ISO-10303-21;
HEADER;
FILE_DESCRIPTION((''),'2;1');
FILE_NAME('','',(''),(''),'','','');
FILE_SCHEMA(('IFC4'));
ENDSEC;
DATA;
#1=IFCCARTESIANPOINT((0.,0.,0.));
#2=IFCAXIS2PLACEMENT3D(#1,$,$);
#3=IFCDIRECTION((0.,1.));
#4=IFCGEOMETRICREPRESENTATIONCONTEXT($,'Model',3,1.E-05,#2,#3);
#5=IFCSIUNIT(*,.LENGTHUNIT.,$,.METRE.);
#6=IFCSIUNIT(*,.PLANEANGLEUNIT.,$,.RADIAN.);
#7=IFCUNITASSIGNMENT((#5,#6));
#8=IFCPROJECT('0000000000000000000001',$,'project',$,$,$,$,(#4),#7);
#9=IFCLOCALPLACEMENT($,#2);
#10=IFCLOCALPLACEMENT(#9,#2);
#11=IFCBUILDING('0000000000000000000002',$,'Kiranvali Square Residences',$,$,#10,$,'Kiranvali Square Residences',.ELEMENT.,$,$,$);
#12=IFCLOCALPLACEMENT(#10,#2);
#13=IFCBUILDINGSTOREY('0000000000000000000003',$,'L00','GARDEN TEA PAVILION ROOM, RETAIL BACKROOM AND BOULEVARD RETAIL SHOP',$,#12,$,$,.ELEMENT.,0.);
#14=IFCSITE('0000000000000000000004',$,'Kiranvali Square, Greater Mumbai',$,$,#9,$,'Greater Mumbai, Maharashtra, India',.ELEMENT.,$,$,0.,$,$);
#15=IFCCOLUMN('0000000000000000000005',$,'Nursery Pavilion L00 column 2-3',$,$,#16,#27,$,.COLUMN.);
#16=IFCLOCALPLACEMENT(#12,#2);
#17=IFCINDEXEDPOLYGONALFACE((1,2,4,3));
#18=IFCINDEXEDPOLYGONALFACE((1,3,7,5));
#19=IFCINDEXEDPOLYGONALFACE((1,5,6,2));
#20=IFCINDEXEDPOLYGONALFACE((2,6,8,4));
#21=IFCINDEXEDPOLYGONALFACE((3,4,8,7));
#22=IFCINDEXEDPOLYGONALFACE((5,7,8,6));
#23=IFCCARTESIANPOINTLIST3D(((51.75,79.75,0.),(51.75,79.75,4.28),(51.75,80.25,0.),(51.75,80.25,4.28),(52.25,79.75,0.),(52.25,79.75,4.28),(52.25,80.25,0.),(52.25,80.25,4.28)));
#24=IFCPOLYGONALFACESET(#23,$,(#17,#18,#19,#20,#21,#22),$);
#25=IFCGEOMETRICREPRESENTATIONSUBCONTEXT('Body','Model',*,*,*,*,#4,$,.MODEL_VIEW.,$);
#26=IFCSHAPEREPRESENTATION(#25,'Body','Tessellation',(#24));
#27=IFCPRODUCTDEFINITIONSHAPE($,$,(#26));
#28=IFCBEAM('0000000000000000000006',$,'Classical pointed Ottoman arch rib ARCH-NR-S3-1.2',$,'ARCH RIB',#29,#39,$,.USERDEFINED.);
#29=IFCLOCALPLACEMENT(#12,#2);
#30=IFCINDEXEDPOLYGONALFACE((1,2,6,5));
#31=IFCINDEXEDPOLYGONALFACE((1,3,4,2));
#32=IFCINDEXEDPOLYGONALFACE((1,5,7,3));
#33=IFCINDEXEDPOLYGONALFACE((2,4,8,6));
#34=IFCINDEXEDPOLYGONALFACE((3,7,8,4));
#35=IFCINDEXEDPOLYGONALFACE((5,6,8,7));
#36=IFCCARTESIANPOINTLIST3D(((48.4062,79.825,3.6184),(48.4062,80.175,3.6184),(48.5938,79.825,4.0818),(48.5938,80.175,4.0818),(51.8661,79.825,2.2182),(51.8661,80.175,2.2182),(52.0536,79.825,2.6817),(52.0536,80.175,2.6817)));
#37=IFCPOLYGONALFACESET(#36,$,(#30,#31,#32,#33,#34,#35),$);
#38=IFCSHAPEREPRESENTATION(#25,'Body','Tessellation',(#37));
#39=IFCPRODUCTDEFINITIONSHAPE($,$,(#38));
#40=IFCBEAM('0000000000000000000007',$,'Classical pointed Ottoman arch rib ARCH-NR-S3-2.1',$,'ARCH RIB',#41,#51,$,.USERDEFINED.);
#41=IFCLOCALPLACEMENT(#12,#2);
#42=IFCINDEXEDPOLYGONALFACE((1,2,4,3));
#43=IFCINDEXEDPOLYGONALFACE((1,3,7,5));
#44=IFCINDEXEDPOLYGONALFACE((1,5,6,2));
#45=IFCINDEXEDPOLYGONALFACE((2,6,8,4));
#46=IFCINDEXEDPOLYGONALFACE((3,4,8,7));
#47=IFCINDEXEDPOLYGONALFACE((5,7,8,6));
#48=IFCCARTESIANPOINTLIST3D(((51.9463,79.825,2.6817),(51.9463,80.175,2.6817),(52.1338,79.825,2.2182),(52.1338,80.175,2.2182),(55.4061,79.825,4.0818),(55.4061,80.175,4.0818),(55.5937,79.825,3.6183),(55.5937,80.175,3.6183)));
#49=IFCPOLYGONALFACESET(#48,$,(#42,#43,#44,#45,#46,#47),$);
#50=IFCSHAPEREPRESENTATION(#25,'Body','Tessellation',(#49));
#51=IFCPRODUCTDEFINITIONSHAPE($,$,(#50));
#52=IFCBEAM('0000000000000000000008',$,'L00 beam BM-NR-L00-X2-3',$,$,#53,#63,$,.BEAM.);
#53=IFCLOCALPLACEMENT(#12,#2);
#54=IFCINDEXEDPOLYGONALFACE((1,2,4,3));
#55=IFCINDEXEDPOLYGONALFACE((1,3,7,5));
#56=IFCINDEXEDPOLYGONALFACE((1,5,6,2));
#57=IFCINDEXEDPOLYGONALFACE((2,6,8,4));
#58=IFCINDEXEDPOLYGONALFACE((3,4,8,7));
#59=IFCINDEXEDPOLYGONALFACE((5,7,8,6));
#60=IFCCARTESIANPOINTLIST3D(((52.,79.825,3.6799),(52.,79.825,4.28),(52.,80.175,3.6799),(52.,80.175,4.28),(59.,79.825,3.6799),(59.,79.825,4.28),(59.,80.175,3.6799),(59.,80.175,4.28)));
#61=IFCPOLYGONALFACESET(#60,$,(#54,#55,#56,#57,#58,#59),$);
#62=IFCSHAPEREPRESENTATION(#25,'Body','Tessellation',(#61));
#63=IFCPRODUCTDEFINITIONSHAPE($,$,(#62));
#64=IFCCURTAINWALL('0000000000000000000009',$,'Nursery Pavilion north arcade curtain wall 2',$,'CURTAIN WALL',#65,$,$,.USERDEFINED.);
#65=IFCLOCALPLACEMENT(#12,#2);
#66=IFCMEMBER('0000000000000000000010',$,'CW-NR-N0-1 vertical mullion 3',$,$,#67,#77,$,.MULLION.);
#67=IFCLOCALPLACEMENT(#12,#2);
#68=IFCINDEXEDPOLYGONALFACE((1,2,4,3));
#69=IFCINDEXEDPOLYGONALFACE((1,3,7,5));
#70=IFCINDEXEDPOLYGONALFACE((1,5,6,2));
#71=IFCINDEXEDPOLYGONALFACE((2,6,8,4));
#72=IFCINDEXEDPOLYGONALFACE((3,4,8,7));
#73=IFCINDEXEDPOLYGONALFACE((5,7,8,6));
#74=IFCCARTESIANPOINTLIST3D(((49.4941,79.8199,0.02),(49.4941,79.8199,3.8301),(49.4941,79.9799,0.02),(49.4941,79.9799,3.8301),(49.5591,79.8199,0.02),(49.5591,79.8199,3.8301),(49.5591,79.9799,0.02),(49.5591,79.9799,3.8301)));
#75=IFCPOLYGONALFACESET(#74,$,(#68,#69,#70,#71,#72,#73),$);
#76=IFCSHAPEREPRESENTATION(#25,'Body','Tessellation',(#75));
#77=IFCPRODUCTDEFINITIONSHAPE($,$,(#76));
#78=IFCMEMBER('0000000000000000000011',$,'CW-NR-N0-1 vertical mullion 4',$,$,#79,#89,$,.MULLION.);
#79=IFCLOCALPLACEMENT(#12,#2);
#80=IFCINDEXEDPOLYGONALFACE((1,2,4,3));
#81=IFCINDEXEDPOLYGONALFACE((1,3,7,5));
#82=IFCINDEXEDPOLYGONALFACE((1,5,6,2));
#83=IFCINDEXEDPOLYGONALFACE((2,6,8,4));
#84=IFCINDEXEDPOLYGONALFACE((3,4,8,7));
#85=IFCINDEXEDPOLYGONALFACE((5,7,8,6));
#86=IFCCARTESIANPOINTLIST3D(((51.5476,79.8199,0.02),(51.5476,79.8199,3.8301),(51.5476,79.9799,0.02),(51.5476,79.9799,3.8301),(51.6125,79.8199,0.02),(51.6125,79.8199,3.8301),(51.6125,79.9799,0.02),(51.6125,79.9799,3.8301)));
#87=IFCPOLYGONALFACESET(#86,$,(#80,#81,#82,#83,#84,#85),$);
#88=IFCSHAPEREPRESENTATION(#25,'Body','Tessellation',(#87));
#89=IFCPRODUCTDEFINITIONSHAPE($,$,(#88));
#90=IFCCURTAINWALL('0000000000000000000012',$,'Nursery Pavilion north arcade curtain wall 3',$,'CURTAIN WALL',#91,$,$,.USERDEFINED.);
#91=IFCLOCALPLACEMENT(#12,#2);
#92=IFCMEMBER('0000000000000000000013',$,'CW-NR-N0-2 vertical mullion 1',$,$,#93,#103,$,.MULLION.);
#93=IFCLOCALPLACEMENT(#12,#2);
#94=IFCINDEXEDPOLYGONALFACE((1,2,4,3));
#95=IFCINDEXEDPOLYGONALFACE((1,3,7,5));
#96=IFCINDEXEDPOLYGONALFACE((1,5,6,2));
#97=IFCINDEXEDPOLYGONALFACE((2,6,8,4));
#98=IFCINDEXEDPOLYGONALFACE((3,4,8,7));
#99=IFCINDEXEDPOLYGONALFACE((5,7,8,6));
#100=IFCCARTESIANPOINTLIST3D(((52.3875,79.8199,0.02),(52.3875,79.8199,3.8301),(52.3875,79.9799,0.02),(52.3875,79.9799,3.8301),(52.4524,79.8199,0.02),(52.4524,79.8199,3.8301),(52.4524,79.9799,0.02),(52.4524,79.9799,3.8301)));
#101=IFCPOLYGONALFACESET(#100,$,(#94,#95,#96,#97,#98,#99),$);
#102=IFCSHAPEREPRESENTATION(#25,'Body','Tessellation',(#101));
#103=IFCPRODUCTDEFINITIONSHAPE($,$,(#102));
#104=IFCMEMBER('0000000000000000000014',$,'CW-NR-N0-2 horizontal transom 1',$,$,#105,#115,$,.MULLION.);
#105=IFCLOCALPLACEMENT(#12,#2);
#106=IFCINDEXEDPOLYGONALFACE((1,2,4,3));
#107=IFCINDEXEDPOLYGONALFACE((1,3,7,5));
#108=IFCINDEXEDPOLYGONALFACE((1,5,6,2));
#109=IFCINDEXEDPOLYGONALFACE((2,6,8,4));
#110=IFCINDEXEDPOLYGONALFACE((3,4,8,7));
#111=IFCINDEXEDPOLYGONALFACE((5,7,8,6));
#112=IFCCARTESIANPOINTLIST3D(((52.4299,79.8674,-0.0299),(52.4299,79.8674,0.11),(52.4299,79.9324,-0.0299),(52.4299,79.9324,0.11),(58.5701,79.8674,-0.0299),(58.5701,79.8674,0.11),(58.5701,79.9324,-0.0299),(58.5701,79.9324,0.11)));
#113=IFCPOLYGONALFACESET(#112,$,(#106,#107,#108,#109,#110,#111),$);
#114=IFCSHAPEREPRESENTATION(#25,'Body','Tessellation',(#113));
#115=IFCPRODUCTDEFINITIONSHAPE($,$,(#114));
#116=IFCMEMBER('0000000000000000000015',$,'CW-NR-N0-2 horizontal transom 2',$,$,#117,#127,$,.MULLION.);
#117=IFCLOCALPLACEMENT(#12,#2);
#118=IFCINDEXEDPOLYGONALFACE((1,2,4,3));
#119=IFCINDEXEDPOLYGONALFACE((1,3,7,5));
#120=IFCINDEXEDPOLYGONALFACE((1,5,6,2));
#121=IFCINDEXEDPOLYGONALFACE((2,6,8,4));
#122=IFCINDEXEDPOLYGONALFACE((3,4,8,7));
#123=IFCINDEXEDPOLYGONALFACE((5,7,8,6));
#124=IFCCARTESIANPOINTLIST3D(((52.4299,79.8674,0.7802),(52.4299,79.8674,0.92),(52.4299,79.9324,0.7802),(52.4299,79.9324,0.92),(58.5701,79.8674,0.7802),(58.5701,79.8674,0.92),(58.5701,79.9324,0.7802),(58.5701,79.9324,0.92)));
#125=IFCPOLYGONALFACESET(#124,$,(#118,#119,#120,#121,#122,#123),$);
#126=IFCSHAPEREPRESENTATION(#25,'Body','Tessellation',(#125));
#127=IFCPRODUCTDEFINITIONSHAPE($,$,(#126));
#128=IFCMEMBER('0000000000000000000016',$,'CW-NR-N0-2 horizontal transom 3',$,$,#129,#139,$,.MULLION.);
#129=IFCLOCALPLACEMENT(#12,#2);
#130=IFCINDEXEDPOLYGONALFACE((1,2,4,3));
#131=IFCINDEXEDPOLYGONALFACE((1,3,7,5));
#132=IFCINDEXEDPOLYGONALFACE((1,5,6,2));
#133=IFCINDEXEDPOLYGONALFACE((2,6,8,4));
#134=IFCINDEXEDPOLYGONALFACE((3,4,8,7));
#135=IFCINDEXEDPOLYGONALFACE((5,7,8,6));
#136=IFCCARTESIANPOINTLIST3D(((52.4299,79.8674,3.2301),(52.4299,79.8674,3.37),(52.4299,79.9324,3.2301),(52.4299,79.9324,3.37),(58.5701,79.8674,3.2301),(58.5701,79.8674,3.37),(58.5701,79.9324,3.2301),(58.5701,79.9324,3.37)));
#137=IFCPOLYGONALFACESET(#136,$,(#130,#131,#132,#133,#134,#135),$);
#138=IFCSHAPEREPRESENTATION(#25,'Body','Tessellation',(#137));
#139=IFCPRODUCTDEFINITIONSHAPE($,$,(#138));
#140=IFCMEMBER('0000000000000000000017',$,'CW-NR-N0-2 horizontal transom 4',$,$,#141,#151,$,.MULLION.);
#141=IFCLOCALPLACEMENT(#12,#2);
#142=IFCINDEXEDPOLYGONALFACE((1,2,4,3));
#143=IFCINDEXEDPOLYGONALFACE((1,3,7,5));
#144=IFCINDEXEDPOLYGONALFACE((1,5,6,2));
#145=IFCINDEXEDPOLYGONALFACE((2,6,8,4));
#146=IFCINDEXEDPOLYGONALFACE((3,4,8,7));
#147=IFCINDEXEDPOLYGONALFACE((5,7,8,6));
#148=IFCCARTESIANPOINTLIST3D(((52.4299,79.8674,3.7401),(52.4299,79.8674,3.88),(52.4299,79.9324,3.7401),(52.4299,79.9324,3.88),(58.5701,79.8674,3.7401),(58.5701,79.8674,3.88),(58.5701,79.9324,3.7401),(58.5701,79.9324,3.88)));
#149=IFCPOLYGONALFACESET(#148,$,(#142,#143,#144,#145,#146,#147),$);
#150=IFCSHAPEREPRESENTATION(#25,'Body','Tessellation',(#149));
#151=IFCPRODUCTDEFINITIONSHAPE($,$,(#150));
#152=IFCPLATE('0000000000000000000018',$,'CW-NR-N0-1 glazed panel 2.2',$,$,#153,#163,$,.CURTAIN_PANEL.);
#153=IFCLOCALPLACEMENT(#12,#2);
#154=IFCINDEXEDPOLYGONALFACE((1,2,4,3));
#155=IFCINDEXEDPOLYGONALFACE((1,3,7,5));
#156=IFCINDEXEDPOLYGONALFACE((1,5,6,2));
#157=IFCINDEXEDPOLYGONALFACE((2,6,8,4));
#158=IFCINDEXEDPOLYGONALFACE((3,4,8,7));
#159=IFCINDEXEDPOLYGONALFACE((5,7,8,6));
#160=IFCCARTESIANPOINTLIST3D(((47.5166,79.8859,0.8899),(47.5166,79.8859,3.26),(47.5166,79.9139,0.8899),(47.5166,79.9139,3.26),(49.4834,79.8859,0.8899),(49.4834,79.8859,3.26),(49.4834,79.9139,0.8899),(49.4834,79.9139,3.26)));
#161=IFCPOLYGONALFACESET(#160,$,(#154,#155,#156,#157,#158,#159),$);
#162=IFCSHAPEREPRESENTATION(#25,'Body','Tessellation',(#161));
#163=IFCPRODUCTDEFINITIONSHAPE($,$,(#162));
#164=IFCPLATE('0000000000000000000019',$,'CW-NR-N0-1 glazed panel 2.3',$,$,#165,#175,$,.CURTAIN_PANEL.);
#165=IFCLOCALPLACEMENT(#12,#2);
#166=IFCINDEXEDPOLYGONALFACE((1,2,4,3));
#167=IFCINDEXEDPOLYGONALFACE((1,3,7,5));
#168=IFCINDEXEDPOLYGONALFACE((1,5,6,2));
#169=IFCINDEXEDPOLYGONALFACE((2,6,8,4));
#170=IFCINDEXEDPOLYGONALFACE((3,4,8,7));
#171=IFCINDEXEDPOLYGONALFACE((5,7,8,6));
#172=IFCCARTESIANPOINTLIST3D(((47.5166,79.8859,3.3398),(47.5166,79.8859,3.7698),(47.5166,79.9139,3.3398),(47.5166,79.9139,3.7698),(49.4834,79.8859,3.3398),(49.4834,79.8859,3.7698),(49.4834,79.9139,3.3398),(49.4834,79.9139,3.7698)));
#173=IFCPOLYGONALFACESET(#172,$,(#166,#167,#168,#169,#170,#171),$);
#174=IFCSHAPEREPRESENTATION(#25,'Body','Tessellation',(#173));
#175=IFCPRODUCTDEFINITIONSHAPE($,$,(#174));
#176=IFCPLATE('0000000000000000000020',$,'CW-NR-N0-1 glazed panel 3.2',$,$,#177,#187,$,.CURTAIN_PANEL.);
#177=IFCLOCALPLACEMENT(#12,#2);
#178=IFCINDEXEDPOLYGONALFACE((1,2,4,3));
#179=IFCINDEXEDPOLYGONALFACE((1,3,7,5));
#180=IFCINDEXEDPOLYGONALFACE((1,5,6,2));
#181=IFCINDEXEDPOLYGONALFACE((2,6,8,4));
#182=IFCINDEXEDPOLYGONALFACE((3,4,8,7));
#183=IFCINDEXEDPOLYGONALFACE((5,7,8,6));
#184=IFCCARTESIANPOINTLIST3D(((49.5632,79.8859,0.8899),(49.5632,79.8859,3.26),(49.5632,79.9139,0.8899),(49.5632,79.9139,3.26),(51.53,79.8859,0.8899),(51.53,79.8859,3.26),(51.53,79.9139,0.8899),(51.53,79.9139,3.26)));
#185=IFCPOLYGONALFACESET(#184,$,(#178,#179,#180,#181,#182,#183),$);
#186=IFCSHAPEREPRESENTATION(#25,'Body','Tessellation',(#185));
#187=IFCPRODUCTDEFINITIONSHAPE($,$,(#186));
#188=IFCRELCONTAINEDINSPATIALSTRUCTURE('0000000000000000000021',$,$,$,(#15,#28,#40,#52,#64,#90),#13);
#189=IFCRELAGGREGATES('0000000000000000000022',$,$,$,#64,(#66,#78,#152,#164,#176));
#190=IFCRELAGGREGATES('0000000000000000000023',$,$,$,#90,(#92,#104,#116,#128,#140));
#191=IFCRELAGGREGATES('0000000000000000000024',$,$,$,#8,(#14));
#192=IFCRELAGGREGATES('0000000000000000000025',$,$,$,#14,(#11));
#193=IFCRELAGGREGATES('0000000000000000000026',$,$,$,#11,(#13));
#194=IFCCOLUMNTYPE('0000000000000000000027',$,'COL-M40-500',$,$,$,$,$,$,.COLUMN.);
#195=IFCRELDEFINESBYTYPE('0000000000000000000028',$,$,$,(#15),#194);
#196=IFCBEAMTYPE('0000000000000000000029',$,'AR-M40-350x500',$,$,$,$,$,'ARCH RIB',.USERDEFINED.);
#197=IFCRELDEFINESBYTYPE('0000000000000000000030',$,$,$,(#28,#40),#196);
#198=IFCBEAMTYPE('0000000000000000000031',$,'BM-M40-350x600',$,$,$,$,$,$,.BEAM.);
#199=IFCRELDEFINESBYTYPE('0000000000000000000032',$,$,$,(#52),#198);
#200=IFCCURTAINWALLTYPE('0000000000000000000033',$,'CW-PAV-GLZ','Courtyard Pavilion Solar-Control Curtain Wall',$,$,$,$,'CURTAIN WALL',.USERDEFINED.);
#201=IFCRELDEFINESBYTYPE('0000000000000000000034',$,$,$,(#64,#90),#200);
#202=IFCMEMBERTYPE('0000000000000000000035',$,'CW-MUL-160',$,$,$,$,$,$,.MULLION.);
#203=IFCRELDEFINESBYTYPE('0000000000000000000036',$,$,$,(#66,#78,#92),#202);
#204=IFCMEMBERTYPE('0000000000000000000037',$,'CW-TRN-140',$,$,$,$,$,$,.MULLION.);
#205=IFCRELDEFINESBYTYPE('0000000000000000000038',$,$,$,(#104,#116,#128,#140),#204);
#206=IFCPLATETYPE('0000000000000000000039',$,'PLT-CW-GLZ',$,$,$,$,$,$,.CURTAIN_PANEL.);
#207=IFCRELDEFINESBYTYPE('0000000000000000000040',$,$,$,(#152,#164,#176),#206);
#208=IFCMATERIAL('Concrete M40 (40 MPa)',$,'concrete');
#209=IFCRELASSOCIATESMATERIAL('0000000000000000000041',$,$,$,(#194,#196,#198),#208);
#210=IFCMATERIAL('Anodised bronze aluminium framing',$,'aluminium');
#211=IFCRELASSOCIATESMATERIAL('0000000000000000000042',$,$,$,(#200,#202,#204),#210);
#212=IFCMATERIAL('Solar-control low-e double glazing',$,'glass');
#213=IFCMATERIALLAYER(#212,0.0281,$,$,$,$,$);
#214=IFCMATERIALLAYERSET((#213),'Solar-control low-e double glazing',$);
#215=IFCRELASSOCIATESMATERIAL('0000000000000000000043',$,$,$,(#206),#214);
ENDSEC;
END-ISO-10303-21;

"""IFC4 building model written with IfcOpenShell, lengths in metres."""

from ifc_helpers import new_model, si_unit, direction, frame, origin, origin_2d, place, context, subcontext, project, spatial, rectangle, extrude, material, layer, layer_set, material_profile, profile_set, type_object, element, aggregate, save


model = new_model("IFC4")

# Units and contexts
model_context = context("Model", 3, precision=1e-05, world=origin(), true_north=direction((0.0, 1.0)))
body_context = subcontext(model_context, "Body", "Model", "MODEL_VIEW")
ifc_project = project(units=[si_unit("LENGTHUNIT", "METRE"), si_unit("PLANEANGLEUNIT", "RADIAN")], contexts=[model_context])

# Site, building, storey
site_placement = place(None, origin())
site = spatial("IfcSite", under=ifc_project, at=site_placement, Name="Kiranvali Square, Greater Mumbai", LongName="Greater Mumbai, Maharashtra, India", CompositionType="ELEMENT", RefElevation=0.0)
building_placement = place(site_placement, origin())
building = spatial("IfcBuilding", under=site, at=building_placement, Name="Kiranvali Square Residences", LongName="Kiranvali Square Residences", CompositionType="ELEMENT")
storey_placement = place(building_placement, origin())
storey = spatial("IfcBuildingStorey", under=building, at=storey_placement, Name="L00", Description="GARDEN TEA PAVILION ROOM, RETAIL BACKROOM AND BOULEVARD RETAIL SHOP", CompositionType="ELEMENT", Elevation=0.0)

# Column
ifc_material_1 = material(Name="Concrete M40 (40 MPa)", Category="concrete")
ifc_material_profile_1 = material_profile(ifc_material_1, rectangle(XDim=0.5, YDim=0.5, at=origin_2d()), Name="RC 500x500")
ifc_profile_set_1 = profile_set([ifc_material_profile_1], Name="Concrete M40 (40 MPa)")
column_type = type_object("IfcColumnType", Name="COL-M40-500", PredefinedType="COLUMN", material=ifc_profile_set_1)
column_placement = place(storey_placement, frame((52.0, 80.0, 0.0), z_axis=(0.0, 0.0, 1.0), x_axis=(1.0, 0.0, 0.0)))
element("IfcColumn", 1, at=column_placement, inside=storey, type_object=column_type, Name="Nursery Pavilion L00 column 2-3", PredefinedType="COLUMN", context=body_context, shape_type="SweptSolid", body=[
    extrude(rectangle(XDim=0.5, YDim=0.5, at=origin_2d()), origin(), (0.0, 0.0, 1.0), 4.28),
])

# Beams
ifc_material_profile_2 = material_profile(ifc_material_1, rectangle(XDim=0.3501, YDim=0.5, at=origin_2d()), Name="RC 350x500")
ifc_profile_set_2 = profile_set([ifc_material_profile_2], Name="Concrete M40 (40 MPa)")
beam_type_1 = type_object("IfcBeamType", Name="AR-M40-350x500", ElementType="ARCH RIB", PredefinedType="USERDEFINED", material=ifc_profile_set_2)
for number, where, z_axis, x_axis, name in (
    (2, (48.5, 80.0, 3.8501), (0.926976, 0.0, -0.37512), (0.0, 1.0, 0.0), "Classical pointed Ottoman arch rib ARCH-NR-S3-1.2"),
    (3, (52.04, 80.0, 2.45), (0.926976, 0.0, 0.37512), (0.0, 1.0, 0.0), "Classical pointed Ottoman arch rib ARCH-NR-S3-2.1"),
):
    element("IfcBeam", number, at=place(storey_placement, frame(where, z_axis=z_axis, x_axis=x_axis)), inside=storey, type_object=beam_type_1, Name=name, ObjectType="ARCH RIB", PredefinedType="USERDEFINED", context=body_context, shape_type="SweptSolid", body=[
        extrude(rectangle(XDim=0.3501, YDim=0.5, at=origin_2d()), origin(), (0.0, 0.0, 1.0), 3.7324),
    ])
ifc_material_profile_3 = material_profile(ifc_material_1, rectangle(XDim=0.3501, YDim=0.6001, at=origin_2d()), Name="RC 350x600")
ifc_profile_set_3 = profile_set([ifc_material_profile_3], Name="Concrete M40 (40 MPa)")
beam_type_2 = type_object("IfcBeamType", Name="BM-M40-350x600", PredefinedType="BEAM", material=ifc_profile_set_3)
beam_placement = place(storey_placement, frame((52.0, 80.0, 3.98), z_axis=(1.0, 0.0, 0.0), x_axis=(0.0, 1.0, 0.0)))
element("IfcBeam", 4, at=beam_placement, inside=storey, type_object=beam_type_2, Name="L00 beam BM-NR-L00-X2-3", PredefinedType="BEAM", context=body_context, shape_type="SweptSolid", body=[
    extrude(rectangle(XDim=0.3501, YDim=0.6001, at=origin_2d()), origin(), (0.0, 0.0, 1.0), 7.0),
])

# Curtain walls, members
ifc_material_2 = material(Name="Anodised bronze aluminium framing", Category="aluminium")
curtain_wall_type = type_object("IfcCurtainWallType", Name="CW-PAV-GLZ", Description="Courtyard Pavilion Solar-Control Curtain Wall", ElementType="CURTAIN WALL", PredefinedType="USERDEFINED", material=ifc_material_2)
curtain_wall_1_placement = place(storey_placement, origin())
curtain_wall_1 = element("IfcCurtainWall", 5, at=curtain_wall_1_placement, inside=storey, type_object=curtain_wall_type, Name="Nursery Pavilion north arcade curtain wall 2", ObjectType="CURTAIN WALL", PredefinedType="USERDEFINED")
ifc_material_profile_4 = material_profile(ifc_material_2, rectangle(XDim=0.0649, YDim=0.1599, at=origin_2d()), Name="ALU 65x160")
ifc_profile_set_4 = profile_set([ifc_material_profile_4], Name="Anodised bronze aluminium framing")
member_type_1 = type_object("IfcMemberType", Name="CW-MUL-160", PredefinedType="MULLION", material=ifc_profile_set_4)
member_1_placement = place(storey_placement, frame((49.5266, 79.8999, 0.02), z_axis=(0.0, 0.0, 1.0), x_axis=(1.0, 0.0, 0.0)))
member_1 = element("IfcMember", 6, at=member_1_placement, type_object=member_type_1, Name="CW-NR-N0-1 vertical mullion 3", PredefinedType="MULLION", context=body_context, shape_type="SweptSolid", body=[
    extrude(rectangle(XDim=0.0649, YDim=0.1599, at=origin_2d()), origin(), (0.0, 0.0, 1.0), 3.8101),
])
member_2_placement = place(storey_placement, frame((51.5801, 79.8999, 0.02), z_axis=(0.0, 0.0, 1.0), x_axis=(1.0, 0.0, 0.0)))
member_2 = element("IfcMember", 7, at=member_2_placement, type_object=member_type_1, Name="CW-NR-N0-1 vertical mullion 4", PredefinedType="MULLION", context=body_context, shape_type="SweptSolid", body=[
    extrude(rectangle(XDim=0.0649, YDim=0.1599, at=origin_2d()), origin(), (0.0, 0.0, 1.0), 3.8101),
])
curtain_wall_2_placement = place(storey_placement, origin())
curtain_wall_2 = element("IfcCurtainWall", 8, at=curtain_wall_2_placement, inside=storey, type_object=curtain_wall_type, Name="Nursery Pavilion north arcade curtain wall 3", ObjectType="CURTAIN WALL", PredefinedType="USERDEFINED")
member_3_placement = place(storey_placement, frame((52.4199, 79.8999, 0.02), z_axis=(0.0, 0.0, 1.0), x_axis=(1.0, 0.0, 0.0)))
member_3 = element("IfcMember", 9, at=member_3_placement, type_object=member_type_1, Name="CW-NR-N0-2 vertical mullion 1", PredefinedType="MULLION", context=body_context, shape_type="SweptSolid", body=[
    extrude(rectangle(XDim=0.0649, YDim=0.1599, at=origin_2d()), origin(), (0.0, 0.0, 1.0), 3.8101),
])
ifc_material_profile_5 = material_profile(ifc_material_2, rectangle(XDim=0.0649, YDim=0.1399, at=origin_2d()), Name="ALU 65x140")
ifc_profile_set_5 = profile_set([ifc_material_profile_5], Name="Anodised bronze aluminium framing")
member_type_2 = type_object("IfcMemberType", Name="CW-TRN-140", PredefinedType="MULLION", material=ifc_profile_set_5)
member_4_placement = place(storey_placement, frame((52.4299, 79.8999, 0.04), z_axis=(1.0, 0.0, 0.0), x_axis=(0.0, 1.0, 0.0)))
member_4 = element("IfcMember", 10, at=member_4_placement, type_object=member_type_2, Name="CW-NR-N0-2 horizontal transom 1", PredefinedType="MULLION", context=body_context, shape_type="SweptSolid", body=[
    extrude(rectangle(XDim=0.0649, YDim=0.1399, at=origin_2d()), origin(), (0.0, 0.0, 1.0), 6.1401),
])
member_5_placement = place(storey_placement, frame((52.4299, 79.8999, 0.8501), z_axis=(1.0, 0.0, 0.0), x_axis=(0.0, 1.0, 0.0)))
member_5 = element("IfcMember", 11, at=member_5_placement, type_object=member_type_2, Name="CW-NR-N0-2 horizontal transom 2", PredefinedType="MULLION", context=body_context, shape_type="SweptSolid", body=[
    extrude(rectangle(XDim=0.0649, YDim=0.1399, at=origin_2d()), origin(), (0.0, 0.0, 1.0), 6.1401),
])
member_6_placement = place(storey_placement, frame((52.4299, 79.8999, 3.3), z_axis=(1.0, 0.0, 0.0), x_axis=(0.0, 1.0, 0.0)))
member_6 = element("IfcMember", 12, at=member_6_placement, type_object=member_type_2, Name="CW-NR-N0-2 horizontal transom 3", PredefinedType="MULLION", context=body_context, shape_type="SweptSolid", body=[
    extrude(rectangle(XDim=0.0649, YDim=0.1399, at=origin_2d()), origin(), (0.0, 0.0, 1.0), 6.1401),
])
member_7_placement = place(storey_placement, frame((52.4299, 79.8999, 3.8101), z_axis=(1.0, 0.0, 0.0), x_axis=(0.0, 1.0, 0.0)))
member_7 = element("IfcMember", 13, at=member_7_placement, type_object=member_type_2, Name="CW-NR-N0-2 horizontal transom 4", PredefinedType="MULLION", context=body_context, shape_type="SweptSolid", body=[
    extrude(rectangle(XDim=0.0649, YDim=0.1399, at=origin_2d()), origin(), (0.0, 0.0, 1.0), 6.1401),
])

# Plates
ifc_material_3 = material(Name="Solar-control low-e double glazing", Category="glass")
ifc_layer_1 = layer(ifc_material_3, 0.0281)
ifc_layer_set_1 = layer_set([ifc_layer_1], Name="Solar-control low-e double glazing")
plate_type_1 = type_object("IfcPlateType", Name="PLT-CW-GLZ", PredefinedType="CURTAIN_PANEL", material=ifc_layer_set_1)
plate_1_placement = place(storey_placement, frame((48.5, 79.8999, 0.8899), z_axis=(0.0, 0.0, 1.0), x_axis=(1.0, 0.0, 0.0)))
plate_1 = element("IfcPlate", 14, at=plate_1_placement, type_object=plate_type_1, Name="CW-NR-N0-1 glazed panel 2.2", PredefinedType="CURTAIN_PANEL", context=body_context, shape_type="SweptSolid", body=[
    extrude(rectangle(XDim=1.9668, YDim=0.0281, at=origin_2d()), origin(), (0.0, 0.0, 1.0), 2.3701),
])
plate_2_placement = place(storey_placement, frame((48.5, 79.8999, 3.3398), z_axis=(0.0, 0.0, 1.0), x_axis=(1.0, 0.0, 0.0)))
plate_2 = element("IfcPlate", 15, at=plate_2_placement, type_object=plate_type_1, Name="CW-NR-N0-1 glazed panel 2.3", PredefinedType="CURTAIN_PANEL", context=body_context, shape_type="SweptSolid", body=[
    extrude(rectangle(XDim=1.9668, YDim=0.0281, at=origin_2d()), origin(), (0.0, 0.0, 1.0), 0.4299),
])
plate_3_placement = place(storey_placement, frame((50.5466, 79.8999, 0.8899), z_axis=(0.0, 0.0, 1.0), x_axis=(1.0, 0.0, 0.0)))
plate_3 = element("IfcPlate", 16, at=plate_3_placement, type_object=plate_type_1, Name="CW-NR-N0-1 glazed panel 3.2", PredefinedType="CURTAIN_PANEL", context=body_context, shape_type="SweptSolid", body=[
    extrude(rectangle(XDim=1.9668, YDim=0.0281, at=origin_2d()), origin(), (0.0, 0.0, 1.0), 2.3701),
])
aggregate(curtain_wall_1, [member_1, member_2, plate_1, plate_2, plate_3])
aggregate(curtain_wall_2, [member_3, member_4, member_5, member_6, member_7])

save(model, "model.ifc")
